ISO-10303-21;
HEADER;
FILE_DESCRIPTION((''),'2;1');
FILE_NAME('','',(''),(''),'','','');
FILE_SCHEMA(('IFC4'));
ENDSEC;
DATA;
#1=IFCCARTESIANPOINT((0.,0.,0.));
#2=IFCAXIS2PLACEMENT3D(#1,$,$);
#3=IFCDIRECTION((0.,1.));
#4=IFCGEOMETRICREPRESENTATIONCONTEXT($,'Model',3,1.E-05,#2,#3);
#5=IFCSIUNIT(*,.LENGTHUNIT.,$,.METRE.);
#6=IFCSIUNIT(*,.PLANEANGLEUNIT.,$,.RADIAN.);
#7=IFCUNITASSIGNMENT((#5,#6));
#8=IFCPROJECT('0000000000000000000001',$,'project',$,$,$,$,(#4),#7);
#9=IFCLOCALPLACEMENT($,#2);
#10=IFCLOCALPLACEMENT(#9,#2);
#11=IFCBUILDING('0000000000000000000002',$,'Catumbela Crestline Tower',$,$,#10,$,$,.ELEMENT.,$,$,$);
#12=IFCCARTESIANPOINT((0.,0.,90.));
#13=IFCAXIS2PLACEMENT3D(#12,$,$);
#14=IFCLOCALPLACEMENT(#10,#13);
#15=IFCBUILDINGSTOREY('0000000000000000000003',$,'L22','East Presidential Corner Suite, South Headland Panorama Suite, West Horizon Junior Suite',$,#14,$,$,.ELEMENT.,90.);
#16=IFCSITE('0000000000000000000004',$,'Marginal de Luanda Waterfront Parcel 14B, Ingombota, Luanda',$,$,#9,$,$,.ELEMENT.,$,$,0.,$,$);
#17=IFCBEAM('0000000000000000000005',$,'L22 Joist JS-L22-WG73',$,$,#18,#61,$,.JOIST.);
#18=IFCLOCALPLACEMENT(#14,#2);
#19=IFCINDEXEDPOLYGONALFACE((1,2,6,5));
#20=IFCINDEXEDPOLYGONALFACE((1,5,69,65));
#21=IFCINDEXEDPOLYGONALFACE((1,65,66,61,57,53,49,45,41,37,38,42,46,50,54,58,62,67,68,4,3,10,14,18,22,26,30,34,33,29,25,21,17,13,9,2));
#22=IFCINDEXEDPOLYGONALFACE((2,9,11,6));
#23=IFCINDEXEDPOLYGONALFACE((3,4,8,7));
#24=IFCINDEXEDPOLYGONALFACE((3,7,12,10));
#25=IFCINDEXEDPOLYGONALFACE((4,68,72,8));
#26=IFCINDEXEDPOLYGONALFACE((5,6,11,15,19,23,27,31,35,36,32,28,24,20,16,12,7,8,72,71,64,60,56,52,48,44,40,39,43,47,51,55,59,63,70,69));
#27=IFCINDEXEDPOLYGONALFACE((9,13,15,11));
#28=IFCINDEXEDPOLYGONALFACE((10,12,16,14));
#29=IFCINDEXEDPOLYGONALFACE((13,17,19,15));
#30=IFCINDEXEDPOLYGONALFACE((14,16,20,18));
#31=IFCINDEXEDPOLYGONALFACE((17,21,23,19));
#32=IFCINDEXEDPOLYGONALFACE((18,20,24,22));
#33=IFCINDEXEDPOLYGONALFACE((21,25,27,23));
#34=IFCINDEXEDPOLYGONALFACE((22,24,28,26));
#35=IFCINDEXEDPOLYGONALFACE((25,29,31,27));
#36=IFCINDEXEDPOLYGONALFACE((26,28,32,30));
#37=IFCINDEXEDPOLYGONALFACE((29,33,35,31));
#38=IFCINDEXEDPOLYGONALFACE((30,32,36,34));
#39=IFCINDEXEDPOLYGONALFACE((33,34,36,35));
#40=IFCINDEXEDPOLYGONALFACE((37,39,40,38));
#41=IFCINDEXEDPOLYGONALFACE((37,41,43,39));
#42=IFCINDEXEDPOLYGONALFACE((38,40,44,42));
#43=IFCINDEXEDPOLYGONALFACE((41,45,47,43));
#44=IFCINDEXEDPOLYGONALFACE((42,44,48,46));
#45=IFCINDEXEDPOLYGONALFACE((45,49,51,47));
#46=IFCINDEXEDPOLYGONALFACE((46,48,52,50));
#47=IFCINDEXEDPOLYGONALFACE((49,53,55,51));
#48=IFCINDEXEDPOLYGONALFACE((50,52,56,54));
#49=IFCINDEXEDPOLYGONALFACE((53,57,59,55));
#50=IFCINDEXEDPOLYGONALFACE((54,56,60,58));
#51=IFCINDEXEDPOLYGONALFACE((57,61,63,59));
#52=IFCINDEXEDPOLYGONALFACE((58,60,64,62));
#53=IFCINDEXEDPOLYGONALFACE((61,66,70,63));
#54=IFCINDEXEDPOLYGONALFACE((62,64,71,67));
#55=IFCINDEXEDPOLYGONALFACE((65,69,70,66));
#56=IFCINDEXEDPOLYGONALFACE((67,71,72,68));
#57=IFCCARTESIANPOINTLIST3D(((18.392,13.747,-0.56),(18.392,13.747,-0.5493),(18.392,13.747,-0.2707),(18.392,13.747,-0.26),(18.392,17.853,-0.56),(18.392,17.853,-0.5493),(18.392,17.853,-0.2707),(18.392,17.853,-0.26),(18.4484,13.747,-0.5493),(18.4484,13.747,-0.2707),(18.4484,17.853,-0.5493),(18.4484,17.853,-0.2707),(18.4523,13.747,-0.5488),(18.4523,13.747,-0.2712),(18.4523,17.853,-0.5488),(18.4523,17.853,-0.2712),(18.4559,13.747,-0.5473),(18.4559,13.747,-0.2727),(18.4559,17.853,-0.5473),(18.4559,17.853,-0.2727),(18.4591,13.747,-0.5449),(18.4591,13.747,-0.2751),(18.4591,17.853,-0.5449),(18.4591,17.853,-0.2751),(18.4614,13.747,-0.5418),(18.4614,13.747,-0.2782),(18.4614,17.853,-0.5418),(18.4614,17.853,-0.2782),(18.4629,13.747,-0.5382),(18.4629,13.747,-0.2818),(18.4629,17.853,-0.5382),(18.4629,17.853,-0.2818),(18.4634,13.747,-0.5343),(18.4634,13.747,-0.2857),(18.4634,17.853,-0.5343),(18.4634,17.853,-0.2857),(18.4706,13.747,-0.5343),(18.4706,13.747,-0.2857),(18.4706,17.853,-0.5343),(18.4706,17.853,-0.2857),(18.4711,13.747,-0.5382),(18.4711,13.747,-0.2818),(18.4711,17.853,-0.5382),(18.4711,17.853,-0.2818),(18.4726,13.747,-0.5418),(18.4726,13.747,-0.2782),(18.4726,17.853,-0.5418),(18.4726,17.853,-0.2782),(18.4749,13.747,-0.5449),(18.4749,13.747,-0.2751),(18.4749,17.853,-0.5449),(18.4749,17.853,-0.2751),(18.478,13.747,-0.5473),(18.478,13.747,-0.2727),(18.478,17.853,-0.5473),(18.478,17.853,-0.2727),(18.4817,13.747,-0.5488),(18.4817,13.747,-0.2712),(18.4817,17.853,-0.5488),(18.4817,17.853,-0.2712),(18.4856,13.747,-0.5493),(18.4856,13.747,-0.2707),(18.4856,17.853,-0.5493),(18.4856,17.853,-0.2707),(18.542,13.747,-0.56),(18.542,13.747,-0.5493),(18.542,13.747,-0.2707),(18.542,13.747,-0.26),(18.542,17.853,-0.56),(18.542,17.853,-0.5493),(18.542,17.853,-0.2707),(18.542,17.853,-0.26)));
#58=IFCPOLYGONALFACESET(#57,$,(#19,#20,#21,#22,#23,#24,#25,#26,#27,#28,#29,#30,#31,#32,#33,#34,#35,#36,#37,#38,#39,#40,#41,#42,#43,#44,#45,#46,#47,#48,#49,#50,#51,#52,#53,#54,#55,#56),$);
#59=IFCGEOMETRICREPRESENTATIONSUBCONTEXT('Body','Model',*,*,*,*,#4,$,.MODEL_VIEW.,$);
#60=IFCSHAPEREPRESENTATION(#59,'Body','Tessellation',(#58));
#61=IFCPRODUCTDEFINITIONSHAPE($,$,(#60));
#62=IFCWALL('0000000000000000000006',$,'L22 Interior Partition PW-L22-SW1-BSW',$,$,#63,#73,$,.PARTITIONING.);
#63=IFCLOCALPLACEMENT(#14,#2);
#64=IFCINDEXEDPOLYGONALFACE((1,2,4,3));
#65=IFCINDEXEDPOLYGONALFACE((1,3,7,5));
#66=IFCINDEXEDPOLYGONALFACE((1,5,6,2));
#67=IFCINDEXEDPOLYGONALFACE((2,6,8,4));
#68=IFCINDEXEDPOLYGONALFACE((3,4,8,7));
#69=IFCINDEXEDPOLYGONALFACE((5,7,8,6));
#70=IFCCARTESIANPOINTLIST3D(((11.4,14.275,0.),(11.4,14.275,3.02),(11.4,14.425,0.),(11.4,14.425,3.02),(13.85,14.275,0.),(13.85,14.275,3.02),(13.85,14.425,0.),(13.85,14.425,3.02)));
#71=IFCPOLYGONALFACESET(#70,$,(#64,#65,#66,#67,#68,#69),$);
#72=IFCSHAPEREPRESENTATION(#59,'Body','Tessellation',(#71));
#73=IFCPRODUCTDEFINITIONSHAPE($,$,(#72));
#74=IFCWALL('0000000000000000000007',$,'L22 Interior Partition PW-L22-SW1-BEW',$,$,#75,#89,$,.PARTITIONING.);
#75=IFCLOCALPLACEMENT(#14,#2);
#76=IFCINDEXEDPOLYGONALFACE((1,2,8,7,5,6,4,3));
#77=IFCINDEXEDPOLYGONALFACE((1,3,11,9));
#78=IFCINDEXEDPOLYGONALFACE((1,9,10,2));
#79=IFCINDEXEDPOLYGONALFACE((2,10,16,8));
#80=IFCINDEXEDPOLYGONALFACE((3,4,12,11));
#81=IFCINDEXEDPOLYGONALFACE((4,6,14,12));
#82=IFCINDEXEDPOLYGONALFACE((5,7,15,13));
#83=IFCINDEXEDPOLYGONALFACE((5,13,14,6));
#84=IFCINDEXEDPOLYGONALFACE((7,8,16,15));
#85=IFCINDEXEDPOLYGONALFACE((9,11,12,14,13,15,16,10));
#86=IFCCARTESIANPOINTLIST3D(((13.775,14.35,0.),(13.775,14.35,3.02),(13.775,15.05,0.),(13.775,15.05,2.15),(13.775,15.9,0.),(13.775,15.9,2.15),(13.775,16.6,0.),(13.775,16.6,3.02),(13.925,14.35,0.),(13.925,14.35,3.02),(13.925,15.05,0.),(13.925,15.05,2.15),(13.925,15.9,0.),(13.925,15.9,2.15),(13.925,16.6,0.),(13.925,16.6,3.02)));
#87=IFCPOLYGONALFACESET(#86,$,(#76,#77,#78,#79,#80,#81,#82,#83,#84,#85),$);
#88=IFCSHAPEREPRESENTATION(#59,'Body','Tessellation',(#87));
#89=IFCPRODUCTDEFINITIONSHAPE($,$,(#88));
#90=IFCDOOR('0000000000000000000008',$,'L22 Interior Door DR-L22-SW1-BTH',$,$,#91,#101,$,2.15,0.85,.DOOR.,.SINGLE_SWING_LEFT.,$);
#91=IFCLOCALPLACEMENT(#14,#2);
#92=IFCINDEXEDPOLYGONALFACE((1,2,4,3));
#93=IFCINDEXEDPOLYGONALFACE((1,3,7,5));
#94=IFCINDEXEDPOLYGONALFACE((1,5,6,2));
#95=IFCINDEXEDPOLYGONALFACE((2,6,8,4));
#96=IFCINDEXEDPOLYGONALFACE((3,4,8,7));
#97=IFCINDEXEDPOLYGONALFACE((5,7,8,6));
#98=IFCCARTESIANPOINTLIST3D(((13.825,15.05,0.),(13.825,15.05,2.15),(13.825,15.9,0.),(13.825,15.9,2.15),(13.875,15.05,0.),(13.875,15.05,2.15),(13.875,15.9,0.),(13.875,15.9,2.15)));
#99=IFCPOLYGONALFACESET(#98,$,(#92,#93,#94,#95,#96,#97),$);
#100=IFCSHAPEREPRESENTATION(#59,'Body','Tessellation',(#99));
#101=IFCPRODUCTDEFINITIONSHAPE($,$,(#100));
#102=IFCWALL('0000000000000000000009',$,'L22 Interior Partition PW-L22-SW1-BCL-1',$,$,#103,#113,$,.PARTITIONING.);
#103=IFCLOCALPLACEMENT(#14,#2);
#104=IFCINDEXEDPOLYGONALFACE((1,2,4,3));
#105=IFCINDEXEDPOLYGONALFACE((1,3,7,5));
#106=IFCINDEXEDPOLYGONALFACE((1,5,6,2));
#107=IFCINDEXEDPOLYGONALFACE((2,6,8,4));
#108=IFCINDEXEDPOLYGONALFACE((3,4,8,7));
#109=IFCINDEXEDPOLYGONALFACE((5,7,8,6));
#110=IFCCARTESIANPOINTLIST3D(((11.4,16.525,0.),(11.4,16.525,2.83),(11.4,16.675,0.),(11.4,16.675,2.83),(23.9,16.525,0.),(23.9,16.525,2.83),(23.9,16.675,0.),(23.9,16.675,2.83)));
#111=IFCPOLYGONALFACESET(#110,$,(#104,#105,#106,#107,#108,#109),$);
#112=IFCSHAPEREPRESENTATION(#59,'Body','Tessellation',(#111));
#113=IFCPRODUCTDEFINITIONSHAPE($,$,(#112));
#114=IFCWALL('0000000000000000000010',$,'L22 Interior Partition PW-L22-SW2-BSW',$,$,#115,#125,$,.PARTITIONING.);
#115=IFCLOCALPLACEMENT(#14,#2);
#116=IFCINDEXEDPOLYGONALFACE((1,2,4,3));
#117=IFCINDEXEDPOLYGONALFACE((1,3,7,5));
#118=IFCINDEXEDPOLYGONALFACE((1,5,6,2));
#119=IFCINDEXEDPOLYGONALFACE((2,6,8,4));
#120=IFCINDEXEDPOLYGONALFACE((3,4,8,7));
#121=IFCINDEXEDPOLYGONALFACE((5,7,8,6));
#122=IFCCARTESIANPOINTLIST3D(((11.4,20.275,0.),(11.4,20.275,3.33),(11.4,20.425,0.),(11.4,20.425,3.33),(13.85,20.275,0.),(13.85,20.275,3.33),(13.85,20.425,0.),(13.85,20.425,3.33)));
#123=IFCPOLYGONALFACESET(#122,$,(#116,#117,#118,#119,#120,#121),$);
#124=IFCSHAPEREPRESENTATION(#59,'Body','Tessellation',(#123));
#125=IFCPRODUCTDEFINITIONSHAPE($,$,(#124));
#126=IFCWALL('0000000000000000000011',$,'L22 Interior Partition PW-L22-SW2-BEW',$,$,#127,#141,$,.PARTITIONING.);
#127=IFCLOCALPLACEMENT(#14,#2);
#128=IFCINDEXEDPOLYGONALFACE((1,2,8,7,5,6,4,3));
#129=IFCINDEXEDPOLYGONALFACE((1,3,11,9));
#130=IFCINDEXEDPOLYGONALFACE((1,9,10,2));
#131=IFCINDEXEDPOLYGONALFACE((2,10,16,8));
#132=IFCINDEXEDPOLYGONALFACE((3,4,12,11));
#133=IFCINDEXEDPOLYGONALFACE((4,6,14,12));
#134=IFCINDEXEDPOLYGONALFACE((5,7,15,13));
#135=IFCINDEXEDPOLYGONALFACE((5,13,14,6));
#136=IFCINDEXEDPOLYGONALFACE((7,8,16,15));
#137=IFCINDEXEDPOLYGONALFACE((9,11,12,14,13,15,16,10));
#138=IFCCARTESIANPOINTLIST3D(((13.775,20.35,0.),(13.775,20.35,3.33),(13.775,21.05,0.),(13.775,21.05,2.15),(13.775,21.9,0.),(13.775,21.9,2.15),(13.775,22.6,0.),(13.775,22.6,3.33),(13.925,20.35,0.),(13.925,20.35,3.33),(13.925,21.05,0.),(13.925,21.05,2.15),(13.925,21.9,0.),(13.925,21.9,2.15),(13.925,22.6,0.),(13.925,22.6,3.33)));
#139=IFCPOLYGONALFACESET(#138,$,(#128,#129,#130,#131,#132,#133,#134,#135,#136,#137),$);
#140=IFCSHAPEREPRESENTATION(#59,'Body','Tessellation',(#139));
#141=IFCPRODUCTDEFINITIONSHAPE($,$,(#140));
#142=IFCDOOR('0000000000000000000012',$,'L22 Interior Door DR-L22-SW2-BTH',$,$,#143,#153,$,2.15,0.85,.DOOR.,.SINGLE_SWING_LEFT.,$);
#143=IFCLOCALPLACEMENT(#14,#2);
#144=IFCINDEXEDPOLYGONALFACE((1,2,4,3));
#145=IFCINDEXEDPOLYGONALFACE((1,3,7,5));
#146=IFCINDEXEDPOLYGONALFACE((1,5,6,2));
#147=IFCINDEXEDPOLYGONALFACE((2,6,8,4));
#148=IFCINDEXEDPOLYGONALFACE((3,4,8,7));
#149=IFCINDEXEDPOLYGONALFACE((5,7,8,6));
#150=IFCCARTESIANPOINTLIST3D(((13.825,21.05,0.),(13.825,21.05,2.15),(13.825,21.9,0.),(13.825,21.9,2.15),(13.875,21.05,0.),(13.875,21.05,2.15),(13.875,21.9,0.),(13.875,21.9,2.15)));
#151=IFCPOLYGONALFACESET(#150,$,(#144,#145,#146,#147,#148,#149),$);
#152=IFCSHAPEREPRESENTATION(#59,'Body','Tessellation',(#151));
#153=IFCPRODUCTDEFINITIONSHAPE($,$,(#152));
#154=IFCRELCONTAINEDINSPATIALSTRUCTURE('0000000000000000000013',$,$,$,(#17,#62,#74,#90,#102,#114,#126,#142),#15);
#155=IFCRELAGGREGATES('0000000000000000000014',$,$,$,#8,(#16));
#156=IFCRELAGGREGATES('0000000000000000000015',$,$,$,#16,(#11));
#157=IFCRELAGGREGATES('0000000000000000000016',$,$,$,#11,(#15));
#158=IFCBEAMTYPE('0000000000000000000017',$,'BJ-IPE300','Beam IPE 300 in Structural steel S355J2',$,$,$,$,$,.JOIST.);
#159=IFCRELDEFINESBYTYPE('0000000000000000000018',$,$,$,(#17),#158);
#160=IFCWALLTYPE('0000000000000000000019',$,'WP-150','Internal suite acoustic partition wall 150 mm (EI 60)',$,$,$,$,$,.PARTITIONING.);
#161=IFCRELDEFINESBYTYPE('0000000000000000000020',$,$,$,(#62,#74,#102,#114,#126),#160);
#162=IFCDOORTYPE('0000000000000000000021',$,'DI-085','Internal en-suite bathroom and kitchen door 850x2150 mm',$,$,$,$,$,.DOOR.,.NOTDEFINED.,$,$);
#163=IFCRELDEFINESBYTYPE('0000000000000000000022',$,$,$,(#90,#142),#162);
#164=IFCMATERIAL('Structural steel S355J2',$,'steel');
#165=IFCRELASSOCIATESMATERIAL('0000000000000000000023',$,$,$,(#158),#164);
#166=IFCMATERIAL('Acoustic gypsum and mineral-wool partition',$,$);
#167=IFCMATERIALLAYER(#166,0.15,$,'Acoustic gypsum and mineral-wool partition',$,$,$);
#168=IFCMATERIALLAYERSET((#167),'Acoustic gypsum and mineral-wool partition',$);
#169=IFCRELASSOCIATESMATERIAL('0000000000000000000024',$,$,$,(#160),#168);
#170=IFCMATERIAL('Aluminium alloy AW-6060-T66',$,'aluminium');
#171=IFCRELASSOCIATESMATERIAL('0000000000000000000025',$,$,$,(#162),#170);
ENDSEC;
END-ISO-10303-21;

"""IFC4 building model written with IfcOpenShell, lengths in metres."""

from ifc_helpers import new_model, si_unit, direction, frame, frame_2d, origin, origin_2d, place, context, subcontext, project, spatial, rectangle, i_section, extrude, material, layer, layer_set, material_profile, profile_set, type_object, element, fill, save


model = new_model("IFC4")

# Units and contexts
model_context = context("Model", 3, precision=1e-05, world=origin(), true_north=direction((0.0, 1.0)))
body_context = subcontext(model_context, "Body", "Model", "MODEL_VIEW")
ifc_project = project(units=[si_unit("LENGTHUNIT", "METRE"), si_unit("PLANEANGLEUNIT", "RADIAN")], contexts=[model_context])

# Site, building, storey
site_placement = place(None, origin())
site = spatial("IfcSite", under=ifc_project, at=site_placement, Name="Marginal de Luanda Waterfront Parcel 14B, Ingombota, Luanda", CompositionType="ELEMENT", RefElevation=0.0)
building_placement = place(site_placement, origin())
building = spatial("IfcBuilding", under=site, at=building_placement, Name="Catumbela Crestline Tower", CompositionType="ELEMENT")
storey_placement = place(building_placement, frame((0.0, 0.0, 90.0)))
storey = spatial("IfcBuildingStorey", under=building, at=storey_placement, Name="L22", Description="East Presidential Corner Suite, South Headland Panorama Suite, West Horizon Junior Suite", CompositionType="ELEMENT", Elevation=90.0)

# Beam
ifc_material_1 = material(Name="Structural steel S355J2", Category="steel")
ifc_material_profile_1 = material_profile(ifc_material_1, i_section(OverallWidth=0.15, OverallDepth=0.3, WebThickness=0.0071, FlangeThickness=0.0107, FilletRadius=0.015, at=origin_2d()), Name="IPE 300")
ifc_profile_set_1 = profile_set([ifc_material_profile_1], Name="Structural steel S355J2")
beam_type_1 = type_object("IfcBeamType", Name="BJ-IPE300", Description="Beam IPE 300 in Structural steel S355J2", PredefinedType="JOIST", material=ifc_profile_set_1)
for number, where, z_axis, x_axis, name in (
    (1, (18.467, 13.747, -0.41), (0.0, 1.0, 0.0), (-1.0, 0.0, 0.0), "L22 Joist JS-L22-WG73"),
):
    element("IfcBeam", number, at=place(storey_placement, frame(where, z_axis=z_axis, x_axis=x_axis)), inside=storey, type_object=beam_type_1, Name=name, PredefinedType="JOIST", context=body_context, shape_type="SweptSolid", body=[
        extrude(i_section(OverallWidth=0.15, OverallDepth=0.3, WebThickness=0.0071, FlangeThickness=0.0107, FilletRadius=0.015, at=origin_2d()), origin(), (0.0, 0.0, 1.0), 4.106),
    ])

# Wall
ifc_material_2 = material(Name="Acoustic gypsum and mineral-wool partition")
ifc_layer = layer(ifc_material_2, 0.15, Name="Acoustic gypsum and mineral-wool partition")
ifc_layer_set = layer_set([ifc_layer], Name="Acoustic gypsum and mineral-wool partition")
wall_type = type_object("IfcWallType", Name="WP-150", Description="Internal suite acoustic partition wall 150 mm (EI 60)", PredefinedType="PARTITIONING", material=ifc_layer_set)
wall_1_placement = place(storey_placement, frame((11.4, 14.35, 0.0), z_axis=(0.0, 0.0, 1.0), x_axis=(1.0, 0.0, 0.0)))
element("IfcWall", 2, at=wall_1_placement, inside=storey, type_object=wall_type, Name="L22 Interior Partition PW-L22-SW1-BSW", PredefinedType="PARTITIONING", context=body_context, shape_type="SweptSolid", body=[
    extrude(rectangle(XDim=2.45, YDim=0.15, at=frame_2d((1.225, 0.0))), origin(), (0.0, 0.0, 1.0), 3.02),
])

# Wall, opening, door
wall_2_placement = place(storey_placement, frame((13.85, 14.35, 0.0), z_axis=(0.0, 0.0, 1.0), x_axis=(0.0, 1.0, 0.0)))
wall_2 = element("IfcWall", 3, at=wall_2_placement, inside=storey, type_object=wall_type, Name="L22 Interior Partition PW-L22-SW1-BEW", PredefinedType="PARTITIONING", context=body_context, shape_type="SweptSolid", body=[
    extrude(rectangle(XDim=2.25, YDim=0.15, at=frame_2d((1.125, 0.0))), origin(), (0.0, 0.0, 1.0), 3.02),
])
opening_1_placement = place(wall_2_placement, frame((0.7, 0.0, 0.0)))
opening_1 = element("IfcOpeningElement", 4, at=opening_1_placement, cuts=wall_2, PredefinedType="OPENING", context=body_context, shape_type="SweptSolid", body=[
    extrude(rectangle(XDim=0.85, YDim=2.15, at=frame_2d((0.425, 1.075))), frame((0.0, 0.085, 0.0), z_axis=(0.0, -1.0, 0.0), x_axis=(1.0, 0.0, 0.0)), (0.0, 0.0, 1.0), 0.17),
])
ifc_material_3 = material(Name="Aluminium alloy AW-6060-T66", Category="aluminium")
door_type = type_object("IfcDoorType", Name="DI-085", Description="Internal en-suite bathroom and kitchen door 850x2150 mm", OperationType="NOTDEFINED", PredefinedType="DOOR", material=ifc_material_3)
door_1_placement = place(opening_1_placement, origin())
door_1 = element("IfcDoor", 5, at=door_1_placement, inside=storey, type_object=door_type, Name="L22 Interior Door DR-L22-SW1-BTH", OperationType="SINGLE_SWING_LEFT", OverallHeight=2.15, OverallWidth=0.85, PredefinedType="DOOR", context=body_context, shape_type="SweptSolid", body=[
    extrude(rectangle(XDim=0.85, YDim=2.15, at=frame_2d((0.425, 1.075))), frame((0.0, 0.025, 0.0), z_axis=(0.0, -1.0, 0.0), x_axis=(1.0, 0.0, 0.0)), (0.0, 0.0, 1.0), 0.05),
])
fill(opening_1, door_1)

# Walls
wall_3_placement = place(storey_placement, frame((11.4, 16.6, 0.0), z_axis=(0.0, 0.0, 1.0), x_axis=(1.0, 0.0, 0.0)))
element("IfcWall", 6, at=wall_3_placement, inside=storey, type_object=wall_type, Name="L22 Interior Partition PW-L22-SW1-BCL-1", PredefinedType="PARTITIONING", context=body_context, shape_type="SweptSolid", body=[
    extrude(rectangle(XDim=12.5, YDim=0.15, at=frame_2d((6.25, 0.0))), origin(), (0.0, 0.0, 1.0), 2.83),
])
wall_4_placement = place(storey_placement, frame((11.4, 20.35, 0.0), z_axis=(0.0, 0.0, 1.0), x_axis=(1.0, 0.0, 0.0)))
element("IfcWall", 7, at=wall_4_placement, inside=storey, type_object=wall_type, Name="L22 Interior Partition PW-L22-SW2-BSW", PredefinedType="PARTITIONING", context=body_context, shape_type="SweptSolid", body=[
    extrude(rectangle(XDim=2.45, YDim=0.15, at=frame_2d((1.225, 0.0))), origin(), (0.0, 0.0, 1.0), 3.33),
])

# Wall, opening, door
wall_5_placement = place(storey_placement, frame((13.85, 20.35, 0.0), z_axis=(0.0, 0.0, 1.0), x_axis=(0.0, 1.0, 0.0)))
wall_5 = element("IfcWall", 8, at=wall_5_placement, inside=storey, type_object=wall_type, Name="L22 Interior Partition PW-L22-SW2-BEW", PredefinedType="PARTITIONING", context=body_context, shape_type="SweptSolid", body=[
    extrude(rectangle(XDim=2.25, YDim=0.15, at=frame_2d((1.125, 0.0))), origin(), (0.0, 0.0, 1.0), 3.33),
])
opening_2_placement = place(wall_5_placement, frame((0.7, 0.0, 0.0)))
opening_2 = element("IfcOpeningElement", 9, at=opening_2_placement, cuts=wall_5, PredefinedType="OPENING", context=body_context, shape_type="SweptSolid", body=[
    extrude(rectangle(XDim=0.85, YDim=2.15, at=frame_2d((0.425, 1.075))), frame((0.0, 0.085, 0.0), z_axis=(0.0, -1.0, 0.0), x_axis=(1.0, 0.0, 0.0)), (0.0, 0.0, 1.0), 0.17),
])
door_2_placement = place(opening_2_placement, origin())
door_2 = element("IfcDoor", 10, at=door_2_placement, inside=storey, type_object=door_type, Name="L22 Interior Door DR-L22-SW2-BTH", OperationType="SINGLE_SWING_LEFT", OverallHeight=2.15, OverallWidth=0.85, PredefinedType="DOOR", context=body_context, shape_type="SweptSolid", body=[
    extrude(rectangle(XDim=0.85, YDim=2.15, at=frame_2d((0.425, 1.075))), frame((0.0, 0.025, 0.0), z_axis=(0.0, -1.0, 0.0), x_axis=(1.0, 0.0, 0.0)), (0.0, 0.0, 1.0), 0.05),
])
fill(opening_2, door_2)

save(model, "model.ifc")
